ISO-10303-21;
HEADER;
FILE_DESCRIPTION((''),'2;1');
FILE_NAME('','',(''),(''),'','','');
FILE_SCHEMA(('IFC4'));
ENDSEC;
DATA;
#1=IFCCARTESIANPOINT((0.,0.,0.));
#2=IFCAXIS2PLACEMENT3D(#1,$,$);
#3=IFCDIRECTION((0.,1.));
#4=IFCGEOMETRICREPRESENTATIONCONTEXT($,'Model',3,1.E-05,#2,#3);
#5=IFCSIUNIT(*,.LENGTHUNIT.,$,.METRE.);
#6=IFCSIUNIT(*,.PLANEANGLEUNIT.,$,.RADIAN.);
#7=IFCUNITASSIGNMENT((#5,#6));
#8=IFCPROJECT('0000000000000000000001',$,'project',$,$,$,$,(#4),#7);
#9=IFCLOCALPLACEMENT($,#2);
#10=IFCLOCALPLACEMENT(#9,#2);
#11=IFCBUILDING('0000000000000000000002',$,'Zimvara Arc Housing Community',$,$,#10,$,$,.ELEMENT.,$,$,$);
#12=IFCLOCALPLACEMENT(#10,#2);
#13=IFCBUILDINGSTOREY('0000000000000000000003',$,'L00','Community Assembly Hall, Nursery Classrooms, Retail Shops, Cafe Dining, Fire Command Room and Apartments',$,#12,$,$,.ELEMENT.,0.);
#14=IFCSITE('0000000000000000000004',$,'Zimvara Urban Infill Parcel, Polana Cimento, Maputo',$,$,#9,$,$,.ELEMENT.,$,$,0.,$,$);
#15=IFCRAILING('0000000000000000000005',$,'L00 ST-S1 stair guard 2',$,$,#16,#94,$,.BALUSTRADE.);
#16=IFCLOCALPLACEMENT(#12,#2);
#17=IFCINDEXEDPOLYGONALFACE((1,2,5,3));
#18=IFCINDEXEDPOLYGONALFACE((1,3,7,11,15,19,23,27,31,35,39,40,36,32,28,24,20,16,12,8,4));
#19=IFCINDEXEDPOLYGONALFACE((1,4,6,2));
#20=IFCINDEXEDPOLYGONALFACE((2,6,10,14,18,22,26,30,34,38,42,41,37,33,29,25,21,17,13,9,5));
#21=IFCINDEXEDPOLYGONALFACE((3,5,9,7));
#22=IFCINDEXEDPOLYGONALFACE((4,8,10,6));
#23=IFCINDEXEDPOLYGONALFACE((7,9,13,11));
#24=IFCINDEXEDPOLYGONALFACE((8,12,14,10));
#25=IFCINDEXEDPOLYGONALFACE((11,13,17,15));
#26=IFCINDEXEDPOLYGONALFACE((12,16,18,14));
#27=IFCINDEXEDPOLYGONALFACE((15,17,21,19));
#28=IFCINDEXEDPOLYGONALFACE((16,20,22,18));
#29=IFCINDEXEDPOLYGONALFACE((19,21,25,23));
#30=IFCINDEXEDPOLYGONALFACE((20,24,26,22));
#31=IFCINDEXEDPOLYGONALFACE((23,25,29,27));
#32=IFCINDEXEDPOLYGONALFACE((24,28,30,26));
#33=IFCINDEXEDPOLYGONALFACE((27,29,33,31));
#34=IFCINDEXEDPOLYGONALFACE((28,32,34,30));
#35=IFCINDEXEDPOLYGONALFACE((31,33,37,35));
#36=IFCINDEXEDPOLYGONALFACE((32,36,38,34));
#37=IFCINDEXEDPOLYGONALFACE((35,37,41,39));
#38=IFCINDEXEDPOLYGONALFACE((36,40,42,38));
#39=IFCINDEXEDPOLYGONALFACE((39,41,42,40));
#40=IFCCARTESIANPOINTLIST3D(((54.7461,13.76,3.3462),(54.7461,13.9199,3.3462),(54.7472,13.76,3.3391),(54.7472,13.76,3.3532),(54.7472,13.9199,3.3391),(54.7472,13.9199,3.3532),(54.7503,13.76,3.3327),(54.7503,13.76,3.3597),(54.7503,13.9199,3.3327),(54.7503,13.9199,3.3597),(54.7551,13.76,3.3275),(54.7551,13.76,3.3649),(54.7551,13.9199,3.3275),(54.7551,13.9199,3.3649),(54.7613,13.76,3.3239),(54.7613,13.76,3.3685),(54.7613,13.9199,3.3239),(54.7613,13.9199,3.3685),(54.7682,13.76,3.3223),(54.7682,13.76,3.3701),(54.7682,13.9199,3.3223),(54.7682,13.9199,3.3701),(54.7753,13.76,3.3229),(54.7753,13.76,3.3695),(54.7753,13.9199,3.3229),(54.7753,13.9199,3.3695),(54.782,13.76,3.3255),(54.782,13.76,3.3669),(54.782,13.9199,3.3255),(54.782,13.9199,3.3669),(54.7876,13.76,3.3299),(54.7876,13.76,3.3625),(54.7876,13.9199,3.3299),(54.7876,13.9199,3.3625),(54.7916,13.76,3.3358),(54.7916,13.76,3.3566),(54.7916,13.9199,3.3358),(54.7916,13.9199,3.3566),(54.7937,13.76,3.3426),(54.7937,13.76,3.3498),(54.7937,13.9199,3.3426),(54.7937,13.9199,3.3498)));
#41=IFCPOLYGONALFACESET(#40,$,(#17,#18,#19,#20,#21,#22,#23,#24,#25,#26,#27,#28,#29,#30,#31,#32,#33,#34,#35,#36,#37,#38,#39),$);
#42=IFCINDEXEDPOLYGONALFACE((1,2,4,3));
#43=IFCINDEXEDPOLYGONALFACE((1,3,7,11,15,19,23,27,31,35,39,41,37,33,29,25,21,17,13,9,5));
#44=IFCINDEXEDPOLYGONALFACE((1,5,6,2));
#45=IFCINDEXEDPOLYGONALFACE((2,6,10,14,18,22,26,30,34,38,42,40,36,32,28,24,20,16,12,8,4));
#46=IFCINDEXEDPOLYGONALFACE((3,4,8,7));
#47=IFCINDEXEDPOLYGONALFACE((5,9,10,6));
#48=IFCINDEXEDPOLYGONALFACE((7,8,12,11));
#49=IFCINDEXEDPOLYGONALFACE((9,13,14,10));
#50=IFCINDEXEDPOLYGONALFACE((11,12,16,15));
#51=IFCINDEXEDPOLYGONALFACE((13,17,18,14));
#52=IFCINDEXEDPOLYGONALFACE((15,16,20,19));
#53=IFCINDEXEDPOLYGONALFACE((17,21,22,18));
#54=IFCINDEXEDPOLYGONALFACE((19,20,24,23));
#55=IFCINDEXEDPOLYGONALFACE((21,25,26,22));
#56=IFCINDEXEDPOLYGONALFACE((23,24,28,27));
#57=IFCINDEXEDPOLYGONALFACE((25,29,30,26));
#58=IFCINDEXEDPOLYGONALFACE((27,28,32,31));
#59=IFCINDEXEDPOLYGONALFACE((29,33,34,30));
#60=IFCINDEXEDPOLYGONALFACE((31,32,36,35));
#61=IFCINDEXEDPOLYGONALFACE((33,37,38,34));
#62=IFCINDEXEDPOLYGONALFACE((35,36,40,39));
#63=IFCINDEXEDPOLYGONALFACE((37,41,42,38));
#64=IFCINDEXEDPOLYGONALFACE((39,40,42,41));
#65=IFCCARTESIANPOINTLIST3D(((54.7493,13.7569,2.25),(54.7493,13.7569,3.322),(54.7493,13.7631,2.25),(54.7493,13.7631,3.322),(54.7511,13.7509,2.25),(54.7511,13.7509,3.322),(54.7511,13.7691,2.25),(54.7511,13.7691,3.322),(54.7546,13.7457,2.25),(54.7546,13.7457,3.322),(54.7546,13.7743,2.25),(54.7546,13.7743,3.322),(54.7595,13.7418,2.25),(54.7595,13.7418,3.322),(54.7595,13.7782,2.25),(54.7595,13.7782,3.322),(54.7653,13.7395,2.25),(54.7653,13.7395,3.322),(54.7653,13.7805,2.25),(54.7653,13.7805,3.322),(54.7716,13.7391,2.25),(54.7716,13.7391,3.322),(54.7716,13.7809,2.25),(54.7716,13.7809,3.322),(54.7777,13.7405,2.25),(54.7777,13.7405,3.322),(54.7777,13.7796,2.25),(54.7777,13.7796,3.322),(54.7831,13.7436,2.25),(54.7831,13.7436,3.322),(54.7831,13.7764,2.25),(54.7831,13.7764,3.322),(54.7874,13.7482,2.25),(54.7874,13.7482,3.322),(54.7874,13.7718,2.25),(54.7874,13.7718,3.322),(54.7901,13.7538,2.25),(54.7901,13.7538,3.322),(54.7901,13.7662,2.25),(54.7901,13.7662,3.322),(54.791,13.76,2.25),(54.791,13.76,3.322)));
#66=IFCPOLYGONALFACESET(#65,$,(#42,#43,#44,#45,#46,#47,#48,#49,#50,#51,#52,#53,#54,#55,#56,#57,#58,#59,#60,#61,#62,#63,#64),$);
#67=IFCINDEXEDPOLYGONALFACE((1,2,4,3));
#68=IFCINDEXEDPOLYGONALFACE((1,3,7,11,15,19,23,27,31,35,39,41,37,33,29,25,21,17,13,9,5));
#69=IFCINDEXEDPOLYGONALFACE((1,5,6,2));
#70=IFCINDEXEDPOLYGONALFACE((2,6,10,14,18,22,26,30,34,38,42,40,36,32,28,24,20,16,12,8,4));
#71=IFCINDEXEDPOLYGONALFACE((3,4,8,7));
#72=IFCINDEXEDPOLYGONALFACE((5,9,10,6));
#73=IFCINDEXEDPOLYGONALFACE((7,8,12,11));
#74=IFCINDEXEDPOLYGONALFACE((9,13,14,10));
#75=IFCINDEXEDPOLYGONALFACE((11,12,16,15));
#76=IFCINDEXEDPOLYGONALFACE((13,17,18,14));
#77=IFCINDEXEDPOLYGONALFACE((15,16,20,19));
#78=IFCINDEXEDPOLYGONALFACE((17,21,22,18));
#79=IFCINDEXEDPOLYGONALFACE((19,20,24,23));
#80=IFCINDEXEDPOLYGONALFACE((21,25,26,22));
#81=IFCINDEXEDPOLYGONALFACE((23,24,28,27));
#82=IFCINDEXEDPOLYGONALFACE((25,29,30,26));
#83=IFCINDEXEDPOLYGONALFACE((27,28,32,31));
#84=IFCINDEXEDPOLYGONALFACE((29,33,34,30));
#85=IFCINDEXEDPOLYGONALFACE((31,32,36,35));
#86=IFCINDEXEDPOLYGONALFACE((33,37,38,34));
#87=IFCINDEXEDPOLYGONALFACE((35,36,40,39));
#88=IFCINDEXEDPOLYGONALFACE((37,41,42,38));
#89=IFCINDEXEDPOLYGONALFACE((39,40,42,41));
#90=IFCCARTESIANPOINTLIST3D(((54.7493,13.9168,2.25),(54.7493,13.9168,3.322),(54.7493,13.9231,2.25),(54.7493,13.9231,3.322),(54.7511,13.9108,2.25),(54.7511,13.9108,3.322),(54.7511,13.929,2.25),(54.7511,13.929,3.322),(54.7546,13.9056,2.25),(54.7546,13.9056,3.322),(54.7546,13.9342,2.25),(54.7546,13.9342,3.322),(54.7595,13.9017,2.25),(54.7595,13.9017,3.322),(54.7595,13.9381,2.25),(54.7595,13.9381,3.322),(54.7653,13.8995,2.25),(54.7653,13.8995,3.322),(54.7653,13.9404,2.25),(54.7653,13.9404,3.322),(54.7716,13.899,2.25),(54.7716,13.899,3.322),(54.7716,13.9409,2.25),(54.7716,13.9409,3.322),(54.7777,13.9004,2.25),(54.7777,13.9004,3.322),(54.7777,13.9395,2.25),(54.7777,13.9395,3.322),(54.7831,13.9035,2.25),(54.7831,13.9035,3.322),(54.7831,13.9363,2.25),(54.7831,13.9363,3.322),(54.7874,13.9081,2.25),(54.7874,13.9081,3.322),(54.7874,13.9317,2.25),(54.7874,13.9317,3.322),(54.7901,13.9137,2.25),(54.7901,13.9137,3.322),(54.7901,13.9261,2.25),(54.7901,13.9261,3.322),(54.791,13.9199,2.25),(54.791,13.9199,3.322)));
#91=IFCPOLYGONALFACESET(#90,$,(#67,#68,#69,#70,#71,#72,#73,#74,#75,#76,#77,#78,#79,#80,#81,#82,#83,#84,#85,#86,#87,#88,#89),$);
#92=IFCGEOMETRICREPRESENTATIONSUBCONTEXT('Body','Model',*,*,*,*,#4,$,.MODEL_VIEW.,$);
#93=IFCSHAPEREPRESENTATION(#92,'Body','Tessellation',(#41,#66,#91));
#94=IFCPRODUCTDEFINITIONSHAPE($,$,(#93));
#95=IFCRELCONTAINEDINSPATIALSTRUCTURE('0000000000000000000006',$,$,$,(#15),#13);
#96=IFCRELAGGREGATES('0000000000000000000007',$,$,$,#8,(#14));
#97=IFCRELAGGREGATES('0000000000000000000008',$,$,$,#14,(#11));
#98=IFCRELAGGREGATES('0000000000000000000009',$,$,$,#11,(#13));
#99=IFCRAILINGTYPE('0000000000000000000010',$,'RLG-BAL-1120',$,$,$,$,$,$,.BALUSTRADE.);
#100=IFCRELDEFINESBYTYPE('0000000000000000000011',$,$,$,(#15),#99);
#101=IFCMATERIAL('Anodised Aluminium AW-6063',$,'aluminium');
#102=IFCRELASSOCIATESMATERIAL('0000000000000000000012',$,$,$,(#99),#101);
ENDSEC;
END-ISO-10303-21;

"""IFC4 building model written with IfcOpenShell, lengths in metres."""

from ifc_helpers import new_model, si_unit, direction, frame, origin, origin_2d, place, context, subcontext, project, spatial, circle, extrude, material, type_object, element, save


model = new_model("IFC4")

# Units and contexts
model_context = context("Model", 3, precision=1e-05, world=origin(), true_north=direction((0.0, 1.0)))
body_context = subcontext(model_context, "Body", "Model", "MODEL_VIEW")
ifc_project = project(units=[si_unit("LENGTHUNIT", "METRE"), si_unit("PLANEANGLEUNIT", "RADIAN")], contexts=[model_context])

# Site, building, storey
site_placement = place(None, origin())
site = spatial("IfcSite", under=ifc_project, at=site_placement, Name="Zimvara Urban Infill Parcel, Polana Cimento, Maputo", CompositionType="ELEMENT", RefElevation=0.0)
building_placement = place(site_placement, origin())
building = spatial("IfcBuilding", under=site, at=building_placement, Name="Zimvara Arc Housing Community", CompositionType="ELEMENT")
storey_placement = place(building_placement, origin())
storey = spatial("IfcBuildingStorey", under=building, at=storey_placement, Name="L00", Description="Community Assembly Hall, Nursery Classrooms, Retail Shops, Cafe Dining, Fire Command Room and Apartments", CompositionType="ELEMENT", Elevation=0.0)

# Railing
ifc_material_1 = material(Name="Anodised Aluminium AW-6063", Category="aluminium")
railing_type_1 = type_object("IfcRailingType", Name="RLG-BAL-1120", PredefinedType="BALUSTRADE", material=ifc_material_1)
railing_1_placement = place(storey_placement, frame((54.77, 13.76, 2.25)))
element("IfcRailing", 1, at=railing_1_placement, inside=storey, type_object=railing_type_1, Name="L00 ST-S1 stair guard 2", PredefinedType="BALUSTRADE", context=body_context, shape_type="SweptSolid", body=[
    extrude(circle(Radius=0.0239, at=origin_2d()), frame((0.0, 0.0, 1.0962), z_axis=(0.0, 1.0, 0.0), x_axis=(-1.0, 0.0, 0.0)), (0.0, 0.0, 1.0), 0.1599),
    extrude(circle(Radius=0.021, at=origin_2d()), origin(), (0.0, 0.0, 1.0), 1.072),
    extrude(circle(Radius=0.021, at=origin_2d()), frame((0.0, 0.1599, 0.0)), (0.0, 0.0, 1.0), 1.072),
])

save(model, "model.ifc")
